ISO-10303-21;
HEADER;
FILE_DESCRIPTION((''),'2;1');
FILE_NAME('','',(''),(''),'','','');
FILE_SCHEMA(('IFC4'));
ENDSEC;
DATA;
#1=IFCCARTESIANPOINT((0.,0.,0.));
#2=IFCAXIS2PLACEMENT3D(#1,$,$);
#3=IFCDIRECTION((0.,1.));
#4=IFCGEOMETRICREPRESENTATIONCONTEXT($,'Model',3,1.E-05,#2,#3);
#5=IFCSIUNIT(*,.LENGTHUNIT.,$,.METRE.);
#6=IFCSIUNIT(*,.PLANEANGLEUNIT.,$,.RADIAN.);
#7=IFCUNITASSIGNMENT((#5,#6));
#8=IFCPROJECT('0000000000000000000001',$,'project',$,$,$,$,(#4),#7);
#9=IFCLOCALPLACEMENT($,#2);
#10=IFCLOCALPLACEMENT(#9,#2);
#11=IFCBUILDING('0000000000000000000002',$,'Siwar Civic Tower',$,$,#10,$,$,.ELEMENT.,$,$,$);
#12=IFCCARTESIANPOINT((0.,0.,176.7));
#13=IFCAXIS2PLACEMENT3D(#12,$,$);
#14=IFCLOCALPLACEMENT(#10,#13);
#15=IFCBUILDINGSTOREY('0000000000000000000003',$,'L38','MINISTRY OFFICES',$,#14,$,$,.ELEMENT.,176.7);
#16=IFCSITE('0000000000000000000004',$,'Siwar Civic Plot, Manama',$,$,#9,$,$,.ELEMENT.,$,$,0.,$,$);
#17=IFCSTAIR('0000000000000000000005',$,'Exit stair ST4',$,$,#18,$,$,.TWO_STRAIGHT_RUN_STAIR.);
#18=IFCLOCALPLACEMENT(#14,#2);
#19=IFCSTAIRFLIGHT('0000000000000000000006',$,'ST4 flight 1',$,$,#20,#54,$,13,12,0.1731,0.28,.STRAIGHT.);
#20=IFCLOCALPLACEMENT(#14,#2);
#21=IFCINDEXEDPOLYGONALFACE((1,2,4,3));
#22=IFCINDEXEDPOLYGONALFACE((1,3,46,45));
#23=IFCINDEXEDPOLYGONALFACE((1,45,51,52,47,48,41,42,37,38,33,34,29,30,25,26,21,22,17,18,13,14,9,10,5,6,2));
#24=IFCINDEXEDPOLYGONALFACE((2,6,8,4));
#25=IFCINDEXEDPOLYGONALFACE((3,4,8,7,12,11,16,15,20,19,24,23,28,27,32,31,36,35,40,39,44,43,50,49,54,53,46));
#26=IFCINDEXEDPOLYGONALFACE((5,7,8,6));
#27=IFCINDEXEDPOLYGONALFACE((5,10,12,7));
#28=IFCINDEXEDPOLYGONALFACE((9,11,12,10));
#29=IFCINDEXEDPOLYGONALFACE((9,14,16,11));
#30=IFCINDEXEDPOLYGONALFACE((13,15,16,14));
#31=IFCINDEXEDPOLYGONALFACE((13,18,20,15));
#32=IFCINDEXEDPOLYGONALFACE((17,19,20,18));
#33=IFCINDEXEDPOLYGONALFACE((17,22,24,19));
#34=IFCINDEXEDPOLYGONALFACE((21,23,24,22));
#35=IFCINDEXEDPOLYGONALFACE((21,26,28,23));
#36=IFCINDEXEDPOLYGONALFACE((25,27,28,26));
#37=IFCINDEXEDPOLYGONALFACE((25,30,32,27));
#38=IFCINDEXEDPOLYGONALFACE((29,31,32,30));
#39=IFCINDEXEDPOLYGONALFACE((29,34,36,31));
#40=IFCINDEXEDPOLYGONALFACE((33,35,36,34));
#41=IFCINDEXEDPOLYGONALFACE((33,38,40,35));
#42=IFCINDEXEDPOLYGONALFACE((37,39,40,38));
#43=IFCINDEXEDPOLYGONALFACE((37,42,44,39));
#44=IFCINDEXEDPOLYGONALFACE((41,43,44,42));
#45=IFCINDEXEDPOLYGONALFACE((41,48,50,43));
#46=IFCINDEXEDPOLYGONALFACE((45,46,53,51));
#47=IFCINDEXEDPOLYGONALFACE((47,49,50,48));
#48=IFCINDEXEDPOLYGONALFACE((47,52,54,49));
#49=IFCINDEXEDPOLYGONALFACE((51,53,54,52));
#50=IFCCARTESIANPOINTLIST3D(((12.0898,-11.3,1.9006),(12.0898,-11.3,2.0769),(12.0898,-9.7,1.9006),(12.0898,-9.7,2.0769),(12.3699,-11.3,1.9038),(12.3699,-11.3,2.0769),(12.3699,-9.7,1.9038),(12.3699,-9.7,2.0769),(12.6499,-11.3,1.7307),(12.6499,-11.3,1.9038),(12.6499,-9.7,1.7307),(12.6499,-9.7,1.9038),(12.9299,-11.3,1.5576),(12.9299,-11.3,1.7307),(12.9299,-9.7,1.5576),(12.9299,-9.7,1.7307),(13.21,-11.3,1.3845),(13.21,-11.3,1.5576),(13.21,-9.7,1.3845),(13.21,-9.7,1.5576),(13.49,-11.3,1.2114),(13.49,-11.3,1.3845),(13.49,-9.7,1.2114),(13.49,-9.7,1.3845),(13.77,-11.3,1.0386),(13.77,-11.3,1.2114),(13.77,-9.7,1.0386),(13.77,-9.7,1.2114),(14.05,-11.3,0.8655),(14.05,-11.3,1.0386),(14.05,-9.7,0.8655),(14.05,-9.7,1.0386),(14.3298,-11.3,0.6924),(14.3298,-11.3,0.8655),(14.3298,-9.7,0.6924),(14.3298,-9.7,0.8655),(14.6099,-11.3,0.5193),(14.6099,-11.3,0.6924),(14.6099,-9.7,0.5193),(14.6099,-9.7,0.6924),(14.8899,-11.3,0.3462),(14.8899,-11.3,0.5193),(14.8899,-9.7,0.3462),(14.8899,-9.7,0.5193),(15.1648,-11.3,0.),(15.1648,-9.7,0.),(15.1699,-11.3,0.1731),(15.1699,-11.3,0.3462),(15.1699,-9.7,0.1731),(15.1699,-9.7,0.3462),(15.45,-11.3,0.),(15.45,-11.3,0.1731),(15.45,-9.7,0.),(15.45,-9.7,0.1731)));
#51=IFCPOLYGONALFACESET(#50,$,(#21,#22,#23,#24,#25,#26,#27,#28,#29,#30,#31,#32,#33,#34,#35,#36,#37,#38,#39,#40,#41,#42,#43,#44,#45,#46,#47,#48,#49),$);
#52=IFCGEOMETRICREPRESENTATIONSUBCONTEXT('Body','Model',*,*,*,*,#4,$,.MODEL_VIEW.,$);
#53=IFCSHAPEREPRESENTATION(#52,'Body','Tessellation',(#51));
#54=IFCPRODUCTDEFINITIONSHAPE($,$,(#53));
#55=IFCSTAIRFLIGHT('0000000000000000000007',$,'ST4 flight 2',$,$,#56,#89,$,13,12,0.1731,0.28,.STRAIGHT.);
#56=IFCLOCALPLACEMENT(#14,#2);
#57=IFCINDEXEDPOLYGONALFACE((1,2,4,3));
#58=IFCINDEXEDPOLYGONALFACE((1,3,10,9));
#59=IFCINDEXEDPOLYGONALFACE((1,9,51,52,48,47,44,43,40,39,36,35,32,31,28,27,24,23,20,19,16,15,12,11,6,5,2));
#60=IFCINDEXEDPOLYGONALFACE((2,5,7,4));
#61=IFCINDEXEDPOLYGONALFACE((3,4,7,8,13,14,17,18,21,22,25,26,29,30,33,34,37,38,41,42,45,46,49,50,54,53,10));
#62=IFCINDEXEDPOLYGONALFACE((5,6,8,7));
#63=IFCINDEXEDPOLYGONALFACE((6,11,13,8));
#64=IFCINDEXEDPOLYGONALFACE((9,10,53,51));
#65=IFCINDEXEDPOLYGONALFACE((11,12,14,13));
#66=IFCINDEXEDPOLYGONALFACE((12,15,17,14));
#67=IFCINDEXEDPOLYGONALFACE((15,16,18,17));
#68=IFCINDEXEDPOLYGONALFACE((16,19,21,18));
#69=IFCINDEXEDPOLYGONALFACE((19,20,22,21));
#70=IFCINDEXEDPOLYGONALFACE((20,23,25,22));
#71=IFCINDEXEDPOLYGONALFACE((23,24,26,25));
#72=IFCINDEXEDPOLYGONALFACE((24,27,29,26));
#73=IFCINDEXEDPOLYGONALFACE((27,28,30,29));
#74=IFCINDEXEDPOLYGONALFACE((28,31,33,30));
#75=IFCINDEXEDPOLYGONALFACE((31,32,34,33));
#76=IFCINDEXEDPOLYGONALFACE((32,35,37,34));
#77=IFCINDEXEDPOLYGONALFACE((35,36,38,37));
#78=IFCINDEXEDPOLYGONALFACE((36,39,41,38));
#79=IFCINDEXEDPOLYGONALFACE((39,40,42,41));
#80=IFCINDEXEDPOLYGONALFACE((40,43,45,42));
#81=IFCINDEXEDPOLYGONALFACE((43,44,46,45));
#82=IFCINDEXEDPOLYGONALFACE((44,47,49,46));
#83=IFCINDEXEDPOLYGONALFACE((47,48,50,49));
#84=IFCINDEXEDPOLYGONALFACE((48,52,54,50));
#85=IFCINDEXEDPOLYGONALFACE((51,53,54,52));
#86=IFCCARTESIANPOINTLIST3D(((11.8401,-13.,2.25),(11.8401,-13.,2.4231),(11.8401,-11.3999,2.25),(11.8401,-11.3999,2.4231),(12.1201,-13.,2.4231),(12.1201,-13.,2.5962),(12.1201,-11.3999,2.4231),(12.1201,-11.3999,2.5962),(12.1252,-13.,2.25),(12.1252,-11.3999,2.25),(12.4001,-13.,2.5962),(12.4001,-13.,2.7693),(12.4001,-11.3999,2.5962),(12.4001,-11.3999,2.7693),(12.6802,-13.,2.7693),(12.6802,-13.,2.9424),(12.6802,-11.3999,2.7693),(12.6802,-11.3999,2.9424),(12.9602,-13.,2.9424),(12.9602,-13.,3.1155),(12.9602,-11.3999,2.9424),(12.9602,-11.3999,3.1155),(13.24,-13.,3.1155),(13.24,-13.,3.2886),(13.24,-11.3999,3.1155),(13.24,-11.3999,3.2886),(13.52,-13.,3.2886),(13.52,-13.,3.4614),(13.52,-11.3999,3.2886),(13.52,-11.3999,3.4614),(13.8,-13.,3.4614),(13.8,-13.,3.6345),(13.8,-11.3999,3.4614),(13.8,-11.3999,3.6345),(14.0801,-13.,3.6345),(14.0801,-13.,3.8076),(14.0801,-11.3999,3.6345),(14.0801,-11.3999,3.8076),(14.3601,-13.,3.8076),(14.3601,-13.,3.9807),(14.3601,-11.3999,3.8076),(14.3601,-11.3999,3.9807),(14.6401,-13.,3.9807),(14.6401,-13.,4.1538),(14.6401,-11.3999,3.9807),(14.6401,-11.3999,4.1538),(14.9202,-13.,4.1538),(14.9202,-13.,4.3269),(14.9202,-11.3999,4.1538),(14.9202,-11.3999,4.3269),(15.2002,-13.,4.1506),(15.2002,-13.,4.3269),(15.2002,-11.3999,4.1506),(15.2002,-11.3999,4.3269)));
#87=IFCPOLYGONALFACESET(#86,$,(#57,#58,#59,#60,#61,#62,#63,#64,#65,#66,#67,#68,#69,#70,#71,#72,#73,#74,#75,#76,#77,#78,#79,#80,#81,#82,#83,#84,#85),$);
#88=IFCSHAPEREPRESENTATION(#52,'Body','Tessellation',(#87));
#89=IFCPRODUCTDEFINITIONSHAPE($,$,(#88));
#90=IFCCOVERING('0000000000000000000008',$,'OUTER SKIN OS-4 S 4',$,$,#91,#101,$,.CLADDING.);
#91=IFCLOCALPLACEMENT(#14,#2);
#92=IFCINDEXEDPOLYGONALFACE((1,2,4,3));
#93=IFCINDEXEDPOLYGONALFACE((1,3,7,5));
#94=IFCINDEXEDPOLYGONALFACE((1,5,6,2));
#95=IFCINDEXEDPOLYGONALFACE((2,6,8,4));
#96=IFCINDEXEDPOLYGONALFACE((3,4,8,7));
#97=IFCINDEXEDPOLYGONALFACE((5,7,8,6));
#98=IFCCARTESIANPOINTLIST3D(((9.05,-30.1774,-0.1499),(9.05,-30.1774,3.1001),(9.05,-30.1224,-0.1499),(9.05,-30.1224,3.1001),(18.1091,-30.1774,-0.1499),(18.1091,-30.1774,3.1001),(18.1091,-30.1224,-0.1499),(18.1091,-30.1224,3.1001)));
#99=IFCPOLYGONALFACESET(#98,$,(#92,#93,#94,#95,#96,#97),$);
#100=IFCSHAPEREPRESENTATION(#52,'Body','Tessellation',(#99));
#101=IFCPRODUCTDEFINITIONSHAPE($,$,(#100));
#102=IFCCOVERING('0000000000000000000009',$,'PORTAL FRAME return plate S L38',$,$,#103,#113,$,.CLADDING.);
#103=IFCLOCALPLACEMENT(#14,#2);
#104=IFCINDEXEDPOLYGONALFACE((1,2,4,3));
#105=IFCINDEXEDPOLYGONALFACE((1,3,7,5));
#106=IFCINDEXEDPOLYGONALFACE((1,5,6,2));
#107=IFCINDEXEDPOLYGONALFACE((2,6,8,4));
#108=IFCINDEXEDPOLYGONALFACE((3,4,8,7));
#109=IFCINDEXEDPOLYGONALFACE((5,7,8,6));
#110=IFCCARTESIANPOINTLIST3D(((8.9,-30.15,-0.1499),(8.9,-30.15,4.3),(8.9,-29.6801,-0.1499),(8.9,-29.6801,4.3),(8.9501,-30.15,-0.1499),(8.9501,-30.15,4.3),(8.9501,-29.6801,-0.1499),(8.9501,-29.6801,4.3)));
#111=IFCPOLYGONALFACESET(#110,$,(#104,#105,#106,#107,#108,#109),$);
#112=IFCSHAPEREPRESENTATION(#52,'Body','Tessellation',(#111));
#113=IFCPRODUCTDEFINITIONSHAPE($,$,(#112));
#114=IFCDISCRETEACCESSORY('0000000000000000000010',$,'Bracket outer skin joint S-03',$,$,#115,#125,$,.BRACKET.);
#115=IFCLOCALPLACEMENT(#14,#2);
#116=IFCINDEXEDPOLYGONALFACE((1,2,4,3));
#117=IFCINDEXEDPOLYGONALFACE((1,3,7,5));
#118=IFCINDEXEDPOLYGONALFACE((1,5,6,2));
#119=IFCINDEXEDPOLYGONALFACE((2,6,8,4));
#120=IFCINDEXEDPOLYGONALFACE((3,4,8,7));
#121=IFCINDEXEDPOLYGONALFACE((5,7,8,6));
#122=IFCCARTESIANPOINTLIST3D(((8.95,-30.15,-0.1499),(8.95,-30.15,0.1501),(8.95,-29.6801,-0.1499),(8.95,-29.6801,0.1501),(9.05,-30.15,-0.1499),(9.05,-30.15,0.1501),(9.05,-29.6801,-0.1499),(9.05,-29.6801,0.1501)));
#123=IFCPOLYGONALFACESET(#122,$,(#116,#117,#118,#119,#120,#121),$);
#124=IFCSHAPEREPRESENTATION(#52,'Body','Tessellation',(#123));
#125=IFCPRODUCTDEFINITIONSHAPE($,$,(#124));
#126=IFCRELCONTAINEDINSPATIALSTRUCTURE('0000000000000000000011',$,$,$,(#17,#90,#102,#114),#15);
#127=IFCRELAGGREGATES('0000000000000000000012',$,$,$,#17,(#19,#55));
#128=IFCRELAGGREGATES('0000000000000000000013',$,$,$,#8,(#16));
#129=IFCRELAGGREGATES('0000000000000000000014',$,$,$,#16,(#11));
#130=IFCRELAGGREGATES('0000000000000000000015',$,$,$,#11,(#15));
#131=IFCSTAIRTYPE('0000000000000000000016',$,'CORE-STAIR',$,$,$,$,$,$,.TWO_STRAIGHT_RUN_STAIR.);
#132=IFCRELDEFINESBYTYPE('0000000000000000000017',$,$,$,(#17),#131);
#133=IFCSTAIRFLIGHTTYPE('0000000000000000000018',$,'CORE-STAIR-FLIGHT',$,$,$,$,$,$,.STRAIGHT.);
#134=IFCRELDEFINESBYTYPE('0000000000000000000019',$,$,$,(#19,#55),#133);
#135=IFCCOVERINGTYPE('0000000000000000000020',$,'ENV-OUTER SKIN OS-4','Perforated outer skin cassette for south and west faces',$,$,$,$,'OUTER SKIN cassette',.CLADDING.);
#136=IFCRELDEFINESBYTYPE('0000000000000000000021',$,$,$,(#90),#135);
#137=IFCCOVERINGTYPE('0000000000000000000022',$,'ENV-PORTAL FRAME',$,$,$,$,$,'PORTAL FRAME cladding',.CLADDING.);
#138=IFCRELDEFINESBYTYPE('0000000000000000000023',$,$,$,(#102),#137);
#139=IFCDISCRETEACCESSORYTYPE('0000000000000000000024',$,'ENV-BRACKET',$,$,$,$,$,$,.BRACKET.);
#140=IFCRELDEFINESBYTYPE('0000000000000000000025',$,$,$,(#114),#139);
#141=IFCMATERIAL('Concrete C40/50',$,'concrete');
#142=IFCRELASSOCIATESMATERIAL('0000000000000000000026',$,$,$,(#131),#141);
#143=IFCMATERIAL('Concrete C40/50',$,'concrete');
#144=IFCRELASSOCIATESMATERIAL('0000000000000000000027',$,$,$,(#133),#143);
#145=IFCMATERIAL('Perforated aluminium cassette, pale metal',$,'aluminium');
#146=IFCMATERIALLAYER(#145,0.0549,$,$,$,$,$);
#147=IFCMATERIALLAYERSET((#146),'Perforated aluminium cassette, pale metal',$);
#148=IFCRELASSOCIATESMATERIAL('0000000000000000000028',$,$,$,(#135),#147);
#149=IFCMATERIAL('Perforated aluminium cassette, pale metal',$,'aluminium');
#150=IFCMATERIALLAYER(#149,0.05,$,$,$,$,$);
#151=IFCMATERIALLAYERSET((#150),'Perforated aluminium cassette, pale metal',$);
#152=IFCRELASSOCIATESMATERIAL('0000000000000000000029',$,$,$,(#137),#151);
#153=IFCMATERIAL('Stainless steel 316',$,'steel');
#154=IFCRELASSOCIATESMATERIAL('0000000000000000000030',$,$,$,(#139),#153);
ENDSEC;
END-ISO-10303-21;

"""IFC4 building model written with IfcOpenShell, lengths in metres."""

from ifc_helpers import new_model, si_unit, direction, frame, origin, origin_2d, place, context, subcontext, project, spatial, polyline, rectangle, outline, extrude, material, layer, layer_set, type_object, element, aggregate, save


model = new_model("IFC4")

# Units and contexts
model_context = context("Model", 3, precision=1e-05, world=origin(), true_north=direction((0.0, 1.0)))
body_context = subcontext(model_context, "Body", "Model", "MODEL_VIEW")
ifc_project = project(units=[si_unit("LENGTHUNIT", "METRE"), si_unit("PLANEANGLEUNIT", "RADIAN")], contexts=[model_context])

# Site, building, storey
site_placement = place(None, origin())
site = spatial("IfcSite", under=ifc_project, at=site_placement, Name="Siwar Civic Plot, Manama", CompositionType="ELEMENT", RefElevation=0.0)
building_placement = place(site_placement, origin())
building = spatial("IfcBuilding", under=site, at=building_placement, Name="Siwar Civic Tower", CompositionType="ELEMENT")
storey_placement = place(building_placement, frame((0.0, 0.0, 176.7)))
storey = spatial("IfcBuildingStorey", under=building, at=storey_placement, Name="L38", Description="MINISTRY OFFICES", CompositionType="ELEMENT", Elevation=176.7)

# Stair, stair flights
ifc_material_1 = material(Name="Concrete C40/50", Category="concrete")
stair_type = type_object("IfcStairType", Name="CORE-STAIR", PredefinedType="TWO_STRAIGHT_RUN_STAIR", material=ifc_material_1)
stair_placement = place(storey_placement, origin())
stair = element("IfcStair", 1, at=stair_placement, inside=storey, type_object=stair_type, Name="Exit stair ST4", PredefinedType="TWO_STRAIGHT_RUN_STAIR")
ifc_material_2 = material(Name="Concrete C40/50", Category="concrete")
stair_flight_type = type_object("IfcStairFlightType", Name="CORE-STAIR-FLIGHT", PredefinedType="STRAIGHT", material=ifc_material_2)
stair_flight_1_placement = place(storey_placement, frame((15.45, -10.5, 0.0), z_axis=(0.0, 0.0, 1.0), x_axis=(-1.0, 0.0, 0.0)))
stair_flight_1 = element("IfcStairFlight", 2, at=stair_flight_1_placement, type_object=stair_flight_type, Name="ST4 flight 1", NumberOfRisers=13, NumberOfTreads=12, PredefinedType="STRAIGHT", RiserHeight=0.1731, TreadLength=0.28, context=body_context, shape_type="SweptSolid", body=[
    extrude(outline(polyline([(0.0, 0.0), (0.0, 0.1731), (0.28, 0.1731), (0.28, 0.3462), (0.5601, 0.3462), (0.5601, 0.5193), (0.8401, 0.5193), (0.8401, 0.6924), (1.1201, 0.6924), (1.1201, 0.8655), (1.3999, 0.8655), (1.3999, 1.0386), (1.6799, 1.0386), (1.6799, 1.2114), (1.96, 1.2114), (1.96, 1.3845), (2.24, 1.3845), (2.24, 1.5576), (2.52, 1.5576), (2.52, 1.7307), (2.8, 1.7307), (2.8, 1.9038), (3.0801, 1.9038), (3.0801, 2.0769), (3.3601, 2.0769), (3.3601, 2.25), (3.3601, 1.9006), (0.2852, 0.0), (0.0, 0.0)])), frame((0.0, 0.8, 0.0), z_axis=(0.0, -1.0, 0.0), x_axis=(1.0, 0.0, 0.0)), (0.0, 0.0, 1.0), 1.6001),
])
stair_flight_2_placement = place(storey_placement, frame((11.8401, -12.2, 2.25), z_axis=(0.0, 0.0, 1.0), x_axis=(1.0, 0.0, 0.0)))
stair_flight_2 = element("IfcStairFlight", 3, at=stair_flight_2_placement, type_object=stair_flight_type, Name="ST4 flight 2", NumberOfRisers=13, NumberOfTreads=12, PredefinedType="STRAIGHT", RiserHeight=0.1731, TreadLength=0.28, context=body_context, shape_type="SweptSolid", body=[
    extrude(outline(polyline([(0.0, 0.0), (0.0, 0.1731), (0.28, 0.1731), (0.28, 0.3462), (0.5601, 0.3462), (0.5601, 0.5193), (0.8401, 0.5193), (0.8401, 0.6924), (1.1201, 0.6924), (1.1201, 0.8655), (1.3999, 0.8655), (1.3999, 1.0386), (1.6799, 1.0386), (1.6799, 1.2114), (1.96, 1.2114), (1.96, 1.3845), (2.24, 1.3845), (2.24, 1.5576), (2.52, 1.5576), (2.52, 1.7307), (2.8, 1.7307), (2.8, 1.9038), (3.0801, 1.9038), (3.0801, 2.0769), (3.3601, 2.0769), (3.3601, 2.25), (3.3601, 1.9006), (0.2852, 0.0), (0.0, 0.0)])), frame((0.0, 0.8, 0.0), z_axis=(0.0, -1.0, 0.0), x_axis=(1.0, 0.0, 0.0)), (0.0, 0.0, 1.0), 1.6001),
])
aggregate(stair, [stair_flight_1, stair_flight_2])

# Coverings
ifc_material_3 = material(Name="Perforated aluminium cassette, pale metal", Category="aluminium")
ifc_layer_1 = layer(ifc_material_3, 0.0549)
ifc_layer_set_1 = layer_set([ifc_layer_1], Name="Perforated aluminium cassette, pale metal")
covering_type_1 = type_object("IfcCoveringType", Name="ENV-OUTER SKIN OS-4", Description="Perforated outer skin cassette for south and west faces", ElementType="OUTER SKIN cassette", PredefinedType="CLADDING", material=ifc_layer_set_1)
covering_1_placement = place(storey_placement, frame((13.5796, -30.1499, -0.1499), z_axis=(0.0, 0.0, 1.0), x_axis=(1.0, 0.0, 0.0)))
element("IfcCovering", 4, at=covering_1_placement, inside=storey, type_object=covering_type_1, Name="OUTER SKIN OS-4 S 4", PredefinedType="CLADDING", context=body_context, shape_type="SweptSolid", body=[
    extrude(rectangle(XDim=9.0591, YDim=0.0549, at=origin_2d()), origin(), (0.0, 0.0, 1.0), 3.25),
])
ifc_material_4 = material(Name="Perforated aluminium cassette, pale metal", Category="aluminium")
ifc_layer_2 = layer(ifc_material_4, 0.05)
ifc_layer_set_2 = layer_set([ifc_layer_2], Name="Perforated aluminium cassette, pale metal")
covering_type_2 = type_object("IfcCoveringType", Name="ENV-PORTAL FRAME", ElementType="PORTAL FRAME cladding", PredefinedType="CLADDING", material=ifc_layer_set_2)
covering_2_placement = place(storey_placement, frame((8.925, -29.915, -0.1499), z_axis=(0.0, 0.0, 1.0), x_axis=(1.0, 0.0, 0.0)))
element("IfcCovering", 5, at=covering_2_placement, inside=storey, type_object=covering_type_2, Name="PORTAL FRAME return plate S L38", PredefinedType="CLADDING", context=body_context, shape_type="SweptSolid", body=[
    extrude(rectangle(XDim=0.05, YDim=0.47, at=origin_2d()), origin(), (0.0, 0.0, 1.0), 4.45),
])

# Discrete accessory
ifc_material_5 = material(Name="Stainless steel 316", Category="steel")
discrete_accessory_type = type_object("IfcDiscreteAccessoryType", Name="ENV-BRACKET", PredefinedType="BRACKET", material=ifc_material_5)
discrete_accessory_placement = place(storey_placement, frame((9.0, -29.915, -0.1499), z_axis=(0.0, 0.0, 1.0), x_axis=(0.0, -1.0, 0.0)))
element("IfcDiscreteAccessory", 6, at=discrete_accessory_placement, inside=storey, type_object=discrete_accessory_type, Name="Bracket outer skin joint S-03", PredefinedType="BRACKET", context=body_context, shape_type="SweptSolid", body=[
    extrude(rectangle(XDim=0.47, YDim=0.1001, at=origin_2d()), origin(), (0.0, 0.0, 1.0), 0.3),
])

save(model, "model.ifc")
